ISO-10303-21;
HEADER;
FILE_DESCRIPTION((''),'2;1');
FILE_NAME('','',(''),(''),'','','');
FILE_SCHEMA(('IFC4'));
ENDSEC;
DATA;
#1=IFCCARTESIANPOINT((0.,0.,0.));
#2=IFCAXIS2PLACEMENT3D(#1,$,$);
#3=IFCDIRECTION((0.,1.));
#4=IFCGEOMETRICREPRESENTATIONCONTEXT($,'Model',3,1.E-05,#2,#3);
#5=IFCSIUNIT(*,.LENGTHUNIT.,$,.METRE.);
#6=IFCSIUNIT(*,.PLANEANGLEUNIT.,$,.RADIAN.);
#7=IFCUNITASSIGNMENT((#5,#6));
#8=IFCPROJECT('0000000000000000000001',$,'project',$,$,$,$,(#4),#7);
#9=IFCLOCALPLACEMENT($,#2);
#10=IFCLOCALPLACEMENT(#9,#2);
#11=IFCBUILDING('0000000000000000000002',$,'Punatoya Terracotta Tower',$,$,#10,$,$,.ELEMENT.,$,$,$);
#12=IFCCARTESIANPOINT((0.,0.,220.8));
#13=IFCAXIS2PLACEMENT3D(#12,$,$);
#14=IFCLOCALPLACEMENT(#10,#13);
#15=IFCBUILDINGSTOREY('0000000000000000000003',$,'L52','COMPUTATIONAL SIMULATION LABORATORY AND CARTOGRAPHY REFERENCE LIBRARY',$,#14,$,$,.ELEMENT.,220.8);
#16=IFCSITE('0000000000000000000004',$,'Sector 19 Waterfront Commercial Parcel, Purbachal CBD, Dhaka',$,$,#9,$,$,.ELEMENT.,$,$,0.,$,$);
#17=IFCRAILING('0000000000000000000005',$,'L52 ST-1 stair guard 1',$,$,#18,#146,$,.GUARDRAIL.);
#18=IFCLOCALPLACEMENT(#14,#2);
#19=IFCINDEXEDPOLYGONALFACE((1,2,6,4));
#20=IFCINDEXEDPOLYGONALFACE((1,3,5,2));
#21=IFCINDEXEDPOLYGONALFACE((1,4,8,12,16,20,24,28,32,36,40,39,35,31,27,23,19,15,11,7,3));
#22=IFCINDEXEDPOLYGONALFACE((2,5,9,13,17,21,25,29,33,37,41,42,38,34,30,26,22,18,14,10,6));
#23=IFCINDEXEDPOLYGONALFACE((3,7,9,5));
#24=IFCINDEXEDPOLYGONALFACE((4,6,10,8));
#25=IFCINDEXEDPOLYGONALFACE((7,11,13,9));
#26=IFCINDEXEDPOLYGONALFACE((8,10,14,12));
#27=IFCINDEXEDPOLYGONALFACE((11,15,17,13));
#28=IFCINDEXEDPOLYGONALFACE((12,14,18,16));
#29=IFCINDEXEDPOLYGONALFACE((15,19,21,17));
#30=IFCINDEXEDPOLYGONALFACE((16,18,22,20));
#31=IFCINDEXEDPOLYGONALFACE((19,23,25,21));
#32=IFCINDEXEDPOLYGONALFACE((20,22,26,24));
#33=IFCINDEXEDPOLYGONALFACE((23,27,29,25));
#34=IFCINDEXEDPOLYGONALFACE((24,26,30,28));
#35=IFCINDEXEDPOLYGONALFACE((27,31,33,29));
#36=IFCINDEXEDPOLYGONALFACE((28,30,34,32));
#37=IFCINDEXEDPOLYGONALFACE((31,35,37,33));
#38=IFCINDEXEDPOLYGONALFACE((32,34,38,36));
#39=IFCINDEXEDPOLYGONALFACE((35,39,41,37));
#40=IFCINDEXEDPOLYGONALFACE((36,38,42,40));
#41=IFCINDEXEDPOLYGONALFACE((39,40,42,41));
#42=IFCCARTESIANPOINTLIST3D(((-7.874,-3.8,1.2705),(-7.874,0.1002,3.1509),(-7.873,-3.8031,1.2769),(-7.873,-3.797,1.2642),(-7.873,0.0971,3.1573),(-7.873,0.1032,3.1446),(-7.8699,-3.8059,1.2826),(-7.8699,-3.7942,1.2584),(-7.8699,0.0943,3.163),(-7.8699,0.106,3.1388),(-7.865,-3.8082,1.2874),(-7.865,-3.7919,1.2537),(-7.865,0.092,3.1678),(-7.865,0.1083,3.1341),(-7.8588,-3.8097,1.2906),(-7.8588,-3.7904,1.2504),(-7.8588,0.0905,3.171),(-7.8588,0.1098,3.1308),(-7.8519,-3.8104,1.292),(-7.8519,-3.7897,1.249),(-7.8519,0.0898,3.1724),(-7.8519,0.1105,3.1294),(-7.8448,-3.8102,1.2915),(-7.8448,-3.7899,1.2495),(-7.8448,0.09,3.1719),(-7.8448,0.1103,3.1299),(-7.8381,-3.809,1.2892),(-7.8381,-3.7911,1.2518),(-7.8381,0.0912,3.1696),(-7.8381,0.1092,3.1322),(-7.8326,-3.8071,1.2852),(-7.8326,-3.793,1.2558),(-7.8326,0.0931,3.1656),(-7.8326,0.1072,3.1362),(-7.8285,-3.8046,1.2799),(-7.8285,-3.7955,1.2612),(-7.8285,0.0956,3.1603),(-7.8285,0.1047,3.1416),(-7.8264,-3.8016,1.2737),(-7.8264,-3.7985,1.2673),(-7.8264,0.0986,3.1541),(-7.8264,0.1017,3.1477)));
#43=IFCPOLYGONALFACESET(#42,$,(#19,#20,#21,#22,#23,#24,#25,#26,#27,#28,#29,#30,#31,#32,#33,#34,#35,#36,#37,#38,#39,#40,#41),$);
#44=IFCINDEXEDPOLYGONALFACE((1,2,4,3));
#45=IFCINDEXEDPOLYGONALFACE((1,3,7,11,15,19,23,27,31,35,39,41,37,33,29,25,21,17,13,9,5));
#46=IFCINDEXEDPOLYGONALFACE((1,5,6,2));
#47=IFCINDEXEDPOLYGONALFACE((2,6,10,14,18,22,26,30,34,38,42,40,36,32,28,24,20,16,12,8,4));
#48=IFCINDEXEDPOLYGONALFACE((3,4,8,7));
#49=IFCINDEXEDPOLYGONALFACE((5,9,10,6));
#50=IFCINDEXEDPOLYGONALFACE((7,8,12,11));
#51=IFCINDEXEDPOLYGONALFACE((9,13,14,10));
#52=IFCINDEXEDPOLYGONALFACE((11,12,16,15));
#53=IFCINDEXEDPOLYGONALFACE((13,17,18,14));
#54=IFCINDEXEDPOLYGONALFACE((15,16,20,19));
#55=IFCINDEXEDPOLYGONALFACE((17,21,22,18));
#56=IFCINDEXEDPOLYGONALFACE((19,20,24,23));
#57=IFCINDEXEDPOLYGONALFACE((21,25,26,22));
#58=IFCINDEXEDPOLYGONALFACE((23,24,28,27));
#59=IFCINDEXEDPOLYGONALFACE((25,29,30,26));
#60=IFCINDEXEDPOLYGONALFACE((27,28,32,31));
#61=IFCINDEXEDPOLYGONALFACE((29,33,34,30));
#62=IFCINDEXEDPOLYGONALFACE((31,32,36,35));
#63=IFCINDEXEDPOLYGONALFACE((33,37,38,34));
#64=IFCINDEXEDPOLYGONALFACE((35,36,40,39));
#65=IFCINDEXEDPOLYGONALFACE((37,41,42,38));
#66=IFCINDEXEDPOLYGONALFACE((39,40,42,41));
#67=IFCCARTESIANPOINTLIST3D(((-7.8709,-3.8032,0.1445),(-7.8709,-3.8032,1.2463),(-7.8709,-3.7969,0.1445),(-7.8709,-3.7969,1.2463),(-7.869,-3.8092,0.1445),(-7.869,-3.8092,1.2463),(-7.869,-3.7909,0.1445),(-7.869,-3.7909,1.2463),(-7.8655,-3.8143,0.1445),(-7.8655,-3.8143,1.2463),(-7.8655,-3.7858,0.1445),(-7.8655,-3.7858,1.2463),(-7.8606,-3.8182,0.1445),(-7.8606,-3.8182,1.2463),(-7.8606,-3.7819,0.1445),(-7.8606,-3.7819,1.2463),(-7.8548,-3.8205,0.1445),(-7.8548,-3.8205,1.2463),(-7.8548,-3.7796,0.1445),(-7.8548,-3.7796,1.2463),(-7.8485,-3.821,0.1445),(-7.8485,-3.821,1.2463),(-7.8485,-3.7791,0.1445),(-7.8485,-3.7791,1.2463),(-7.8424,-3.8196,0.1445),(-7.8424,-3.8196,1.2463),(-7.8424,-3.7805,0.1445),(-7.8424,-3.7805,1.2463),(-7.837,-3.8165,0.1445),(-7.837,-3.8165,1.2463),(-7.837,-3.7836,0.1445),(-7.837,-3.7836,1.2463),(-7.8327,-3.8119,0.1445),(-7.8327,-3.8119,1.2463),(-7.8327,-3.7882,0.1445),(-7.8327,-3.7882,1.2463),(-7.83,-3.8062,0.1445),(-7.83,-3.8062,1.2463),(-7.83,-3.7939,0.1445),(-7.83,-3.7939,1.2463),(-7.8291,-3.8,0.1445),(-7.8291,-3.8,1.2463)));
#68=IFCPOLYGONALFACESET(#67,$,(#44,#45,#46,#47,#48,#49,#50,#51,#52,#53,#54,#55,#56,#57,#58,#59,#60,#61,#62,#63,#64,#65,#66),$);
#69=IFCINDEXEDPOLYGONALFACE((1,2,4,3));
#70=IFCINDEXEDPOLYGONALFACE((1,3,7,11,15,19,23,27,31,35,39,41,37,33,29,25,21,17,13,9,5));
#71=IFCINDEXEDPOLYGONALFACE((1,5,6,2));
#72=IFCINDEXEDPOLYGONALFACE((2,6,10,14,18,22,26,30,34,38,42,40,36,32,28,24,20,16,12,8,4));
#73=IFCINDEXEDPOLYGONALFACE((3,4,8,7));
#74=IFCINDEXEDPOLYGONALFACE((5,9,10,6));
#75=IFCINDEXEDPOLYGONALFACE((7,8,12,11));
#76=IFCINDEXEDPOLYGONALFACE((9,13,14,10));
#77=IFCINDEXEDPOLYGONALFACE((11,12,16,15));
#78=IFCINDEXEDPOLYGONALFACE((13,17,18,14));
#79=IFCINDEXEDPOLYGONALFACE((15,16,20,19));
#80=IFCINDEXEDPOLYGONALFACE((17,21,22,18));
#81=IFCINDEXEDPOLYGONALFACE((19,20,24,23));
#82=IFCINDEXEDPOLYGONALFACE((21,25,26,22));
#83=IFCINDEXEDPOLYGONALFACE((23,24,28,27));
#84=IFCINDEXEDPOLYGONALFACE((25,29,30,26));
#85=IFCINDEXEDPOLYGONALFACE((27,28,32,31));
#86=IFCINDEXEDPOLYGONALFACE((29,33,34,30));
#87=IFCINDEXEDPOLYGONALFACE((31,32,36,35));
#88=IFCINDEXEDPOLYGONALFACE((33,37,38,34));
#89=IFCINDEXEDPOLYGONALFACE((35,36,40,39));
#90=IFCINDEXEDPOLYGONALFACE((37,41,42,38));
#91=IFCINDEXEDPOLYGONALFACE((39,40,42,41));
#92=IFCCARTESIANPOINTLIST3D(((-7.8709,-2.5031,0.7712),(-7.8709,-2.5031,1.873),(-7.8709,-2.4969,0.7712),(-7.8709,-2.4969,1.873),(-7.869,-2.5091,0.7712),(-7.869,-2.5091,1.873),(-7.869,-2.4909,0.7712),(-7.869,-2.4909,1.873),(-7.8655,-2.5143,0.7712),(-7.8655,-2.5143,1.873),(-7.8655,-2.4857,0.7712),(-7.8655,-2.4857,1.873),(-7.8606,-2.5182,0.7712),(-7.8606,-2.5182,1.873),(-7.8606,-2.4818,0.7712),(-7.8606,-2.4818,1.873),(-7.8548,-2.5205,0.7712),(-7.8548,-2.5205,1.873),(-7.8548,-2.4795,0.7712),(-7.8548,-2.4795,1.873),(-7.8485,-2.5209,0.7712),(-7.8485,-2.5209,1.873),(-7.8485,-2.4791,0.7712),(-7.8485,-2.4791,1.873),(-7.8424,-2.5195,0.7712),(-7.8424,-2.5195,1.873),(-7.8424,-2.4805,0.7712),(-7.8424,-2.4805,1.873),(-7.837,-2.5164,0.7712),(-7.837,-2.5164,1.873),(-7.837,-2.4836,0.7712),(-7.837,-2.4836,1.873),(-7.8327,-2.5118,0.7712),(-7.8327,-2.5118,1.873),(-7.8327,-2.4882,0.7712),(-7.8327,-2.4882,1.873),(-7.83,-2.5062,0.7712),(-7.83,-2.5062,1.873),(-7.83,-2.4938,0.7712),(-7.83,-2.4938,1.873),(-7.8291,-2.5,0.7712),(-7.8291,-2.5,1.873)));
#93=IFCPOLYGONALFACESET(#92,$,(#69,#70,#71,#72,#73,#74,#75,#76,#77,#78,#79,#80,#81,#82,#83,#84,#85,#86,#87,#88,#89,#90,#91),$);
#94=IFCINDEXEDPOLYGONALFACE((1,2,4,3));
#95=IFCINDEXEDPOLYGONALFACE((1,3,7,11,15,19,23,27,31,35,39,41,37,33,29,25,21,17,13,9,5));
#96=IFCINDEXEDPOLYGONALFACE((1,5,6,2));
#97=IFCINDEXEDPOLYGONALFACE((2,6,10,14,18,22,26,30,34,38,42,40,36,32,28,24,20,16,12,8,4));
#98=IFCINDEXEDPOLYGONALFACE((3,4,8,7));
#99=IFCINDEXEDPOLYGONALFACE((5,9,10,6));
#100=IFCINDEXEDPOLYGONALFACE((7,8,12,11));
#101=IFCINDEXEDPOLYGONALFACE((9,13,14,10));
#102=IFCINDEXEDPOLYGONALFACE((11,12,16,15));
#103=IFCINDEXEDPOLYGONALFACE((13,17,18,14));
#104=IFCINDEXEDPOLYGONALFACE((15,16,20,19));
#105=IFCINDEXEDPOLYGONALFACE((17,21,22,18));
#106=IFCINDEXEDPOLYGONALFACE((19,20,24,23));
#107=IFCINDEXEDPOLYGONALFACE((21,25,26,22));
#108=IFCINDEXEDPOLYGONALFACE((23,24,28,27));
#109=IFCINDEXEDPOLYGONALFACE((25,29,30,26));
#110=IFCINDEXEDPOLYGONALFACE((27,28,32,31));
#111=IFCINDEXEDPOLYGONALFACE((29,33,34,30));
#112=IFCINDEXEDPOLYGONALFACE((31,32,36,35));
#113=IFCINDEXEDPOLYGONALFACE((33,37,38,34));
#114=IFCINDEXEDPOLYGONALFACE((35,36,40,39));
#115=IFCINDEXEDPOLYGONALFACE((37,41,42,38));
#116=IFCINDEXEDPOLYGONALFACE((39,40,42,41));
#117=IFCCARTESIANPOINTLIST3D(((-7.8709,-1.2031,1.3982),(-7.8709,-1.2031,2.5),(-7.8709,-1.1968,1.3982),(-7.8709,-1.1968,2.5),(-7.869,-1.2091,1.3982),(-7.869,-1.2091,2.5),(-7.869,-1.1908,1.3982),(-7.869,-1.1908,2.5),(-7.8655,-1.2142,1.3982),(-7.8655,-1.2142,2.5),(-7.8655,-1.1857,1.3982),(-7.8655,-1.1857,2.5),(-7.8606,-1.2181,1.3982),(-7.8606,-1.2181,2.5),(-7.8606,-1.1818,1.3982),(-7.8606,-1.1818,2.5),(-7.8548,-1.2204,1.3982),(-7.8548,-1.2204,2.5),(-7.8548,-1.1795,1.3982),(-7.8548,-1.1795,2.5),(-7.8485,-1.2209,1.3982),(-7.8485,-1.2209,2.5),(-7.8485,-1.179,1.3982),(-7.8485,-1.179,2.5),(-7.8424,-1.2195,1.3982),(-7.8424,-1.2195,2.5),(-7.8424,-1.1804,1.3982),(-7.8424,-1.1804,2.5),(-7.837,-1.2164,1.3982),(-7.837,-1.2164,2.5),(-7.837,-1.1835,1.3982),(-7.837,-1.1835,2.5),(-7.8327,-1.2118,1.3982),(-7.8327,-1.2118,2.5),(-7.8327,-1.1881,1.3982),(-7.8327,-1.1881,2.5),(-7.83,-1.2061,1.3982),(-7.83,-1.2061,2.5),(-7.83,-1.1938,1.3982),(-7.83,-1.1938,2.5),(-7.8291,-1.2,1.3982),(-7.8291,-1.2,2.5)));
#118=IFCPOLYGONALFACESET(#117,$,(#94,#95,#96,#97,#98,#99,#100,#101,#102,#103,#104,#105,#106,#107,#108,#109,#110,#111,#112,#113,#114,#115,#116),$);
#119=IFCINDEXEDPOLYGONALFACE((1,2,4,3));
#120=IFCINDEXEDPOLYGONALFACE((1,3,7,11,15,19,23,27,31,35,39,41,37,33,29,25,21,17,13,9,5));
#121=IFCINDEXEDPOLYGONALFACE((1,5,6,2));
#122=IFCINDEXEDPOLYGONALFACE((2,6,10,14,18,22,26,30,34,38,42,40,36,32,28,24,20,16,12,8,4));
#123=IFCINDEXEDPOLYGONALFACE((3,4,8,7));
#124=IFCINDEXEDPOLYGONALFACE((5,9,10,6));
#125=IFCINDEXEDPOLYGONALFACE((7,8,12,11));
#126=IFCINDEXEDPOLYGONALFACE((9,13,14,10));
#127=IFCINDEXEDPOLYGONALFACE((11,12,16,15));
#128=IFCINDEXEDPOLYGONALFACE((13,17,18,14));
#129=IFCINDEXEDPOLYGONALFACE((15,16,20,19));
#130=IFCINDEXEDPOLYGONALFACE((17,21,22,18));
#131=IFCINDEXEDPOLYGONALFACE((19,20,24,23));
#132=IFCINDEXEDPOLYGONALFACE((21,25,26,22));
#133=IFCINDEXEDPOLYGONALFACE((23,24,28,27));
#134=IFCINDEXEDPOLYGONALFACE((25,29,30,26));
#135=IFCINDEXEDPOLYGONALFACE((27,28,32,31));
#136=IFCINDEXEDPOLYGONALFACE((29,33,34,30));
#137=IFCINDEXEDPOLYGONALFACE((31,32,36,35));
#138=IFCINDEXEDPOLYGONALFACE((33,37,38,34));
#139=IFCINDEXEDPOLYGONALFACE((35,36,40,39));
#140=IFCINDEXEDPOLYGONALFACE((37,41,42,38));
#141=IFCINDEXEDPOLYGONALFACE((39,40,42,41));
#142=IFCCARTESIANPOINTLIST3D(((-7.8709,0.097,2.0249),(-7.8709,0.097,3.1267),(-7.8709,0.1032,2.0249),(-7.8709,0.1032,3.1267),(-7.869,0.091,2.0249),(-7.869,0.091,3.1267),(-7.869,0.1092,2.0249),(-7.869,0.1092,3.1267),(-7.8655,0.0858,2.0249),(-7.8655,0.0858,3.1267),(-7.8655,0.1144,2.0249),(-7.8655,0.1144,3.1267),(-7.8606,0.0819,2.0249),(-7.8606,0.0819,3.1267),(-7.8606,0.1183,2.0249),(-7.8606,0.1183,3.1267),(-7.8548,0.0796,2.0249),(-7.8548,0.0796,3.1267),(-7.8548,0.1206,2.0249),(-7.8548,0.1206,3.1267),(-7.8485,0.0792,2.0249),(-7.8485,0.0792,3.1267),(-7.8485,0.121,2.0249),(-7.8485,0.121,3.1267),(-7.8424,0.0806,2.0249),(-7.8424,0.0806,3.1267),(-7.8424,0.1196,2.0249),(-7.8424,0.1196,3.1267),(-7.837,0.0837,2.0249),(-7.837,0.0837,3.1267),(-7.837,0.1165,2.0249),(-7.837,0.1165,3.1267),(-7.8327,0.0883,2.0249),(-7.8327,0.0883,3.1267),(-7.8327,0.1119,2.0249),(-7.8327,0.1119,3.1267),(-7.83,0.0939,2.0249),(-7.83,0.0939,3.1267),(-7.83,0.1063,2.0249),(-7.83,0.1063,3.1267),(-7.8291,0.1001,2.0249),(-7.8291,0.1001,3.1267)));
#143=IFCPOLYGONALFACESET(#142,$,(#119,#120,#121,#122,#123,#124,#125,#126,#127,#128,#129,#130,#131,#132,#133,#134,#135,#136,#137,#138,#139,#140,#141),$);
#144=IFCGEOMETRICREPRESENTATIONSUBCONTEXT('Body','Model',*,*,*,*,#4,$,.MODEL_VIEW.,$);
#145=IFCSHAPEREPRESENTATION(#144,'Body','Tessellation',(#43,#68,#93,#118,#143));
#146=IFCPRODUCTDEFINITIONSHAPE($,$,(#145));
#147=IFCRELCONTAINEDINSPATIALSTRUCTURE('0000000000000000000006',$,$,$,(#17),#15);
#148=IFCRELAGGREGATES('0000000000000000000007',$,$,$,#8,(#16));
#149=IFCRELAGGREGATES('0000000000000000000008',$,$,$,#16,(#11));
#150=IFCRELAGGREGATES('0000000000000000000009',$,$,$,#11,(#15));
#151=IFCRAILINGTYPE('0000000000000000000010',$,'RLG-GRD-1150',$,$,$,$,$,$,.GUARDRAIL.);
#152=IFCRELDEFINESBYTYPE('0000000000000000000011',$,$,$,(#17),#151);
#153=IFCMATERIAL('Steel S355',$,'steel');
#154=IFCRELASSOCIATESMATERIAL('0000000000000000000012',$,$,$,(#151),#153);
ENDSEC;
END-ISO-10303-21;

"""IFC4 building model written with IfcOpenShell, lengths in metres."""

from ifc_helpers import new_model, si_unit, direction, frame, origin, origin_2d, place, context, subcontext, project, spatial, circle, extrude, material, type_object, element, save


model = new_model("IFC4")

# Units and contexts
model_context = context("Model", 3, precision=1e-05, world=origin(), true_north=direction((0.0, 1.0)))
body_context = subcontext(model_context, "Body", "Model", "MODEL_VIEW")
ifc_project = project(units=[si_unit("LENGTHUNIT", "METRE"), si_unit("PLANEANGLEUNIT", "RADIAN")], contexts=[model_context])

# Site, building, storey
site_placement = place(None, origin())
site = spatial("IfcSite", under=ifc_project, at=site_placement, Name="Sector 19 Waterfront Commercial Parcel, Purbachal CBD, Dhaka", CompositionType="ELEMENT", RefElevation=0.0)
building_placement = place(site_placement, origin())
building = spatial("IfcBuilding", under=site, at=building_placement, Name="Punatoya Terracotta Tower", CompositionType="ELEMENT")
storey_placement = place(building_placement, frame((0.0, 0.0, 220.8)))
storey = spatial("IfcBuildingStorey", under=building, at=storey_placement, Name="L52", Description="COMPUTATIONAL SIMULATION LABORATORY AND CARTOGRAPHY REFERENCE LIBRARY", CompositionType="ELEMENT", Elevation=220.8)

# Railing
ifc_material_1 = material(Name="Steel S355", Category="steel")
railing_type_1 = type_object("IfcRailingType", Name="RLG-GRD-1150", PredefinedType="GUARDRAIL", material=ifc_material_1)
railing_1_placement = place(storey_placement, frame((-7.8501, -3.8, 0.1445)))
element("IfcRailing", 1, at=railing_1_placement, inside=storey, type_object=railing_type_1, Name="L52 ST-1 stair guard 1", PredefinedType="GUARDRAIL", context=body_context, shape_type="SweptSolid", body=[
    extrude(circle(Radius=0.0239, at=origin_2d()), frame((0.0, 0.0, 1.126), z_axis=(0.0, 0.900774, 0.434289), x_axis=(-1.0, 0.0, 0.0)), (0.0, 0.0, 1.0), 4.3298),
    extrude(circle(Radius=0.021, at=origin_2d()), origin(), (0.0, 0.0, 1.0), 1.1018),
    extrude(circle(Radius=0.021, at=origin_2d()), frame((0.0, 1.3, 0.6267)), (0.0, 0.0, 1.0), 1.1018),
    extrude(circle(Radius=0.021, at=origin_2d()), frame((0.0, 2.6001, 1.2537)), (0.0, 0.0, 1.0), 1.1018),
    extrude(circle(Radius=0.021, at=origin_2d()), frame((0.0, 3.9001, 1.8804)), (0.0, 0.0, 1.0), 1.1018),
])

save(model, "model.ifc")
